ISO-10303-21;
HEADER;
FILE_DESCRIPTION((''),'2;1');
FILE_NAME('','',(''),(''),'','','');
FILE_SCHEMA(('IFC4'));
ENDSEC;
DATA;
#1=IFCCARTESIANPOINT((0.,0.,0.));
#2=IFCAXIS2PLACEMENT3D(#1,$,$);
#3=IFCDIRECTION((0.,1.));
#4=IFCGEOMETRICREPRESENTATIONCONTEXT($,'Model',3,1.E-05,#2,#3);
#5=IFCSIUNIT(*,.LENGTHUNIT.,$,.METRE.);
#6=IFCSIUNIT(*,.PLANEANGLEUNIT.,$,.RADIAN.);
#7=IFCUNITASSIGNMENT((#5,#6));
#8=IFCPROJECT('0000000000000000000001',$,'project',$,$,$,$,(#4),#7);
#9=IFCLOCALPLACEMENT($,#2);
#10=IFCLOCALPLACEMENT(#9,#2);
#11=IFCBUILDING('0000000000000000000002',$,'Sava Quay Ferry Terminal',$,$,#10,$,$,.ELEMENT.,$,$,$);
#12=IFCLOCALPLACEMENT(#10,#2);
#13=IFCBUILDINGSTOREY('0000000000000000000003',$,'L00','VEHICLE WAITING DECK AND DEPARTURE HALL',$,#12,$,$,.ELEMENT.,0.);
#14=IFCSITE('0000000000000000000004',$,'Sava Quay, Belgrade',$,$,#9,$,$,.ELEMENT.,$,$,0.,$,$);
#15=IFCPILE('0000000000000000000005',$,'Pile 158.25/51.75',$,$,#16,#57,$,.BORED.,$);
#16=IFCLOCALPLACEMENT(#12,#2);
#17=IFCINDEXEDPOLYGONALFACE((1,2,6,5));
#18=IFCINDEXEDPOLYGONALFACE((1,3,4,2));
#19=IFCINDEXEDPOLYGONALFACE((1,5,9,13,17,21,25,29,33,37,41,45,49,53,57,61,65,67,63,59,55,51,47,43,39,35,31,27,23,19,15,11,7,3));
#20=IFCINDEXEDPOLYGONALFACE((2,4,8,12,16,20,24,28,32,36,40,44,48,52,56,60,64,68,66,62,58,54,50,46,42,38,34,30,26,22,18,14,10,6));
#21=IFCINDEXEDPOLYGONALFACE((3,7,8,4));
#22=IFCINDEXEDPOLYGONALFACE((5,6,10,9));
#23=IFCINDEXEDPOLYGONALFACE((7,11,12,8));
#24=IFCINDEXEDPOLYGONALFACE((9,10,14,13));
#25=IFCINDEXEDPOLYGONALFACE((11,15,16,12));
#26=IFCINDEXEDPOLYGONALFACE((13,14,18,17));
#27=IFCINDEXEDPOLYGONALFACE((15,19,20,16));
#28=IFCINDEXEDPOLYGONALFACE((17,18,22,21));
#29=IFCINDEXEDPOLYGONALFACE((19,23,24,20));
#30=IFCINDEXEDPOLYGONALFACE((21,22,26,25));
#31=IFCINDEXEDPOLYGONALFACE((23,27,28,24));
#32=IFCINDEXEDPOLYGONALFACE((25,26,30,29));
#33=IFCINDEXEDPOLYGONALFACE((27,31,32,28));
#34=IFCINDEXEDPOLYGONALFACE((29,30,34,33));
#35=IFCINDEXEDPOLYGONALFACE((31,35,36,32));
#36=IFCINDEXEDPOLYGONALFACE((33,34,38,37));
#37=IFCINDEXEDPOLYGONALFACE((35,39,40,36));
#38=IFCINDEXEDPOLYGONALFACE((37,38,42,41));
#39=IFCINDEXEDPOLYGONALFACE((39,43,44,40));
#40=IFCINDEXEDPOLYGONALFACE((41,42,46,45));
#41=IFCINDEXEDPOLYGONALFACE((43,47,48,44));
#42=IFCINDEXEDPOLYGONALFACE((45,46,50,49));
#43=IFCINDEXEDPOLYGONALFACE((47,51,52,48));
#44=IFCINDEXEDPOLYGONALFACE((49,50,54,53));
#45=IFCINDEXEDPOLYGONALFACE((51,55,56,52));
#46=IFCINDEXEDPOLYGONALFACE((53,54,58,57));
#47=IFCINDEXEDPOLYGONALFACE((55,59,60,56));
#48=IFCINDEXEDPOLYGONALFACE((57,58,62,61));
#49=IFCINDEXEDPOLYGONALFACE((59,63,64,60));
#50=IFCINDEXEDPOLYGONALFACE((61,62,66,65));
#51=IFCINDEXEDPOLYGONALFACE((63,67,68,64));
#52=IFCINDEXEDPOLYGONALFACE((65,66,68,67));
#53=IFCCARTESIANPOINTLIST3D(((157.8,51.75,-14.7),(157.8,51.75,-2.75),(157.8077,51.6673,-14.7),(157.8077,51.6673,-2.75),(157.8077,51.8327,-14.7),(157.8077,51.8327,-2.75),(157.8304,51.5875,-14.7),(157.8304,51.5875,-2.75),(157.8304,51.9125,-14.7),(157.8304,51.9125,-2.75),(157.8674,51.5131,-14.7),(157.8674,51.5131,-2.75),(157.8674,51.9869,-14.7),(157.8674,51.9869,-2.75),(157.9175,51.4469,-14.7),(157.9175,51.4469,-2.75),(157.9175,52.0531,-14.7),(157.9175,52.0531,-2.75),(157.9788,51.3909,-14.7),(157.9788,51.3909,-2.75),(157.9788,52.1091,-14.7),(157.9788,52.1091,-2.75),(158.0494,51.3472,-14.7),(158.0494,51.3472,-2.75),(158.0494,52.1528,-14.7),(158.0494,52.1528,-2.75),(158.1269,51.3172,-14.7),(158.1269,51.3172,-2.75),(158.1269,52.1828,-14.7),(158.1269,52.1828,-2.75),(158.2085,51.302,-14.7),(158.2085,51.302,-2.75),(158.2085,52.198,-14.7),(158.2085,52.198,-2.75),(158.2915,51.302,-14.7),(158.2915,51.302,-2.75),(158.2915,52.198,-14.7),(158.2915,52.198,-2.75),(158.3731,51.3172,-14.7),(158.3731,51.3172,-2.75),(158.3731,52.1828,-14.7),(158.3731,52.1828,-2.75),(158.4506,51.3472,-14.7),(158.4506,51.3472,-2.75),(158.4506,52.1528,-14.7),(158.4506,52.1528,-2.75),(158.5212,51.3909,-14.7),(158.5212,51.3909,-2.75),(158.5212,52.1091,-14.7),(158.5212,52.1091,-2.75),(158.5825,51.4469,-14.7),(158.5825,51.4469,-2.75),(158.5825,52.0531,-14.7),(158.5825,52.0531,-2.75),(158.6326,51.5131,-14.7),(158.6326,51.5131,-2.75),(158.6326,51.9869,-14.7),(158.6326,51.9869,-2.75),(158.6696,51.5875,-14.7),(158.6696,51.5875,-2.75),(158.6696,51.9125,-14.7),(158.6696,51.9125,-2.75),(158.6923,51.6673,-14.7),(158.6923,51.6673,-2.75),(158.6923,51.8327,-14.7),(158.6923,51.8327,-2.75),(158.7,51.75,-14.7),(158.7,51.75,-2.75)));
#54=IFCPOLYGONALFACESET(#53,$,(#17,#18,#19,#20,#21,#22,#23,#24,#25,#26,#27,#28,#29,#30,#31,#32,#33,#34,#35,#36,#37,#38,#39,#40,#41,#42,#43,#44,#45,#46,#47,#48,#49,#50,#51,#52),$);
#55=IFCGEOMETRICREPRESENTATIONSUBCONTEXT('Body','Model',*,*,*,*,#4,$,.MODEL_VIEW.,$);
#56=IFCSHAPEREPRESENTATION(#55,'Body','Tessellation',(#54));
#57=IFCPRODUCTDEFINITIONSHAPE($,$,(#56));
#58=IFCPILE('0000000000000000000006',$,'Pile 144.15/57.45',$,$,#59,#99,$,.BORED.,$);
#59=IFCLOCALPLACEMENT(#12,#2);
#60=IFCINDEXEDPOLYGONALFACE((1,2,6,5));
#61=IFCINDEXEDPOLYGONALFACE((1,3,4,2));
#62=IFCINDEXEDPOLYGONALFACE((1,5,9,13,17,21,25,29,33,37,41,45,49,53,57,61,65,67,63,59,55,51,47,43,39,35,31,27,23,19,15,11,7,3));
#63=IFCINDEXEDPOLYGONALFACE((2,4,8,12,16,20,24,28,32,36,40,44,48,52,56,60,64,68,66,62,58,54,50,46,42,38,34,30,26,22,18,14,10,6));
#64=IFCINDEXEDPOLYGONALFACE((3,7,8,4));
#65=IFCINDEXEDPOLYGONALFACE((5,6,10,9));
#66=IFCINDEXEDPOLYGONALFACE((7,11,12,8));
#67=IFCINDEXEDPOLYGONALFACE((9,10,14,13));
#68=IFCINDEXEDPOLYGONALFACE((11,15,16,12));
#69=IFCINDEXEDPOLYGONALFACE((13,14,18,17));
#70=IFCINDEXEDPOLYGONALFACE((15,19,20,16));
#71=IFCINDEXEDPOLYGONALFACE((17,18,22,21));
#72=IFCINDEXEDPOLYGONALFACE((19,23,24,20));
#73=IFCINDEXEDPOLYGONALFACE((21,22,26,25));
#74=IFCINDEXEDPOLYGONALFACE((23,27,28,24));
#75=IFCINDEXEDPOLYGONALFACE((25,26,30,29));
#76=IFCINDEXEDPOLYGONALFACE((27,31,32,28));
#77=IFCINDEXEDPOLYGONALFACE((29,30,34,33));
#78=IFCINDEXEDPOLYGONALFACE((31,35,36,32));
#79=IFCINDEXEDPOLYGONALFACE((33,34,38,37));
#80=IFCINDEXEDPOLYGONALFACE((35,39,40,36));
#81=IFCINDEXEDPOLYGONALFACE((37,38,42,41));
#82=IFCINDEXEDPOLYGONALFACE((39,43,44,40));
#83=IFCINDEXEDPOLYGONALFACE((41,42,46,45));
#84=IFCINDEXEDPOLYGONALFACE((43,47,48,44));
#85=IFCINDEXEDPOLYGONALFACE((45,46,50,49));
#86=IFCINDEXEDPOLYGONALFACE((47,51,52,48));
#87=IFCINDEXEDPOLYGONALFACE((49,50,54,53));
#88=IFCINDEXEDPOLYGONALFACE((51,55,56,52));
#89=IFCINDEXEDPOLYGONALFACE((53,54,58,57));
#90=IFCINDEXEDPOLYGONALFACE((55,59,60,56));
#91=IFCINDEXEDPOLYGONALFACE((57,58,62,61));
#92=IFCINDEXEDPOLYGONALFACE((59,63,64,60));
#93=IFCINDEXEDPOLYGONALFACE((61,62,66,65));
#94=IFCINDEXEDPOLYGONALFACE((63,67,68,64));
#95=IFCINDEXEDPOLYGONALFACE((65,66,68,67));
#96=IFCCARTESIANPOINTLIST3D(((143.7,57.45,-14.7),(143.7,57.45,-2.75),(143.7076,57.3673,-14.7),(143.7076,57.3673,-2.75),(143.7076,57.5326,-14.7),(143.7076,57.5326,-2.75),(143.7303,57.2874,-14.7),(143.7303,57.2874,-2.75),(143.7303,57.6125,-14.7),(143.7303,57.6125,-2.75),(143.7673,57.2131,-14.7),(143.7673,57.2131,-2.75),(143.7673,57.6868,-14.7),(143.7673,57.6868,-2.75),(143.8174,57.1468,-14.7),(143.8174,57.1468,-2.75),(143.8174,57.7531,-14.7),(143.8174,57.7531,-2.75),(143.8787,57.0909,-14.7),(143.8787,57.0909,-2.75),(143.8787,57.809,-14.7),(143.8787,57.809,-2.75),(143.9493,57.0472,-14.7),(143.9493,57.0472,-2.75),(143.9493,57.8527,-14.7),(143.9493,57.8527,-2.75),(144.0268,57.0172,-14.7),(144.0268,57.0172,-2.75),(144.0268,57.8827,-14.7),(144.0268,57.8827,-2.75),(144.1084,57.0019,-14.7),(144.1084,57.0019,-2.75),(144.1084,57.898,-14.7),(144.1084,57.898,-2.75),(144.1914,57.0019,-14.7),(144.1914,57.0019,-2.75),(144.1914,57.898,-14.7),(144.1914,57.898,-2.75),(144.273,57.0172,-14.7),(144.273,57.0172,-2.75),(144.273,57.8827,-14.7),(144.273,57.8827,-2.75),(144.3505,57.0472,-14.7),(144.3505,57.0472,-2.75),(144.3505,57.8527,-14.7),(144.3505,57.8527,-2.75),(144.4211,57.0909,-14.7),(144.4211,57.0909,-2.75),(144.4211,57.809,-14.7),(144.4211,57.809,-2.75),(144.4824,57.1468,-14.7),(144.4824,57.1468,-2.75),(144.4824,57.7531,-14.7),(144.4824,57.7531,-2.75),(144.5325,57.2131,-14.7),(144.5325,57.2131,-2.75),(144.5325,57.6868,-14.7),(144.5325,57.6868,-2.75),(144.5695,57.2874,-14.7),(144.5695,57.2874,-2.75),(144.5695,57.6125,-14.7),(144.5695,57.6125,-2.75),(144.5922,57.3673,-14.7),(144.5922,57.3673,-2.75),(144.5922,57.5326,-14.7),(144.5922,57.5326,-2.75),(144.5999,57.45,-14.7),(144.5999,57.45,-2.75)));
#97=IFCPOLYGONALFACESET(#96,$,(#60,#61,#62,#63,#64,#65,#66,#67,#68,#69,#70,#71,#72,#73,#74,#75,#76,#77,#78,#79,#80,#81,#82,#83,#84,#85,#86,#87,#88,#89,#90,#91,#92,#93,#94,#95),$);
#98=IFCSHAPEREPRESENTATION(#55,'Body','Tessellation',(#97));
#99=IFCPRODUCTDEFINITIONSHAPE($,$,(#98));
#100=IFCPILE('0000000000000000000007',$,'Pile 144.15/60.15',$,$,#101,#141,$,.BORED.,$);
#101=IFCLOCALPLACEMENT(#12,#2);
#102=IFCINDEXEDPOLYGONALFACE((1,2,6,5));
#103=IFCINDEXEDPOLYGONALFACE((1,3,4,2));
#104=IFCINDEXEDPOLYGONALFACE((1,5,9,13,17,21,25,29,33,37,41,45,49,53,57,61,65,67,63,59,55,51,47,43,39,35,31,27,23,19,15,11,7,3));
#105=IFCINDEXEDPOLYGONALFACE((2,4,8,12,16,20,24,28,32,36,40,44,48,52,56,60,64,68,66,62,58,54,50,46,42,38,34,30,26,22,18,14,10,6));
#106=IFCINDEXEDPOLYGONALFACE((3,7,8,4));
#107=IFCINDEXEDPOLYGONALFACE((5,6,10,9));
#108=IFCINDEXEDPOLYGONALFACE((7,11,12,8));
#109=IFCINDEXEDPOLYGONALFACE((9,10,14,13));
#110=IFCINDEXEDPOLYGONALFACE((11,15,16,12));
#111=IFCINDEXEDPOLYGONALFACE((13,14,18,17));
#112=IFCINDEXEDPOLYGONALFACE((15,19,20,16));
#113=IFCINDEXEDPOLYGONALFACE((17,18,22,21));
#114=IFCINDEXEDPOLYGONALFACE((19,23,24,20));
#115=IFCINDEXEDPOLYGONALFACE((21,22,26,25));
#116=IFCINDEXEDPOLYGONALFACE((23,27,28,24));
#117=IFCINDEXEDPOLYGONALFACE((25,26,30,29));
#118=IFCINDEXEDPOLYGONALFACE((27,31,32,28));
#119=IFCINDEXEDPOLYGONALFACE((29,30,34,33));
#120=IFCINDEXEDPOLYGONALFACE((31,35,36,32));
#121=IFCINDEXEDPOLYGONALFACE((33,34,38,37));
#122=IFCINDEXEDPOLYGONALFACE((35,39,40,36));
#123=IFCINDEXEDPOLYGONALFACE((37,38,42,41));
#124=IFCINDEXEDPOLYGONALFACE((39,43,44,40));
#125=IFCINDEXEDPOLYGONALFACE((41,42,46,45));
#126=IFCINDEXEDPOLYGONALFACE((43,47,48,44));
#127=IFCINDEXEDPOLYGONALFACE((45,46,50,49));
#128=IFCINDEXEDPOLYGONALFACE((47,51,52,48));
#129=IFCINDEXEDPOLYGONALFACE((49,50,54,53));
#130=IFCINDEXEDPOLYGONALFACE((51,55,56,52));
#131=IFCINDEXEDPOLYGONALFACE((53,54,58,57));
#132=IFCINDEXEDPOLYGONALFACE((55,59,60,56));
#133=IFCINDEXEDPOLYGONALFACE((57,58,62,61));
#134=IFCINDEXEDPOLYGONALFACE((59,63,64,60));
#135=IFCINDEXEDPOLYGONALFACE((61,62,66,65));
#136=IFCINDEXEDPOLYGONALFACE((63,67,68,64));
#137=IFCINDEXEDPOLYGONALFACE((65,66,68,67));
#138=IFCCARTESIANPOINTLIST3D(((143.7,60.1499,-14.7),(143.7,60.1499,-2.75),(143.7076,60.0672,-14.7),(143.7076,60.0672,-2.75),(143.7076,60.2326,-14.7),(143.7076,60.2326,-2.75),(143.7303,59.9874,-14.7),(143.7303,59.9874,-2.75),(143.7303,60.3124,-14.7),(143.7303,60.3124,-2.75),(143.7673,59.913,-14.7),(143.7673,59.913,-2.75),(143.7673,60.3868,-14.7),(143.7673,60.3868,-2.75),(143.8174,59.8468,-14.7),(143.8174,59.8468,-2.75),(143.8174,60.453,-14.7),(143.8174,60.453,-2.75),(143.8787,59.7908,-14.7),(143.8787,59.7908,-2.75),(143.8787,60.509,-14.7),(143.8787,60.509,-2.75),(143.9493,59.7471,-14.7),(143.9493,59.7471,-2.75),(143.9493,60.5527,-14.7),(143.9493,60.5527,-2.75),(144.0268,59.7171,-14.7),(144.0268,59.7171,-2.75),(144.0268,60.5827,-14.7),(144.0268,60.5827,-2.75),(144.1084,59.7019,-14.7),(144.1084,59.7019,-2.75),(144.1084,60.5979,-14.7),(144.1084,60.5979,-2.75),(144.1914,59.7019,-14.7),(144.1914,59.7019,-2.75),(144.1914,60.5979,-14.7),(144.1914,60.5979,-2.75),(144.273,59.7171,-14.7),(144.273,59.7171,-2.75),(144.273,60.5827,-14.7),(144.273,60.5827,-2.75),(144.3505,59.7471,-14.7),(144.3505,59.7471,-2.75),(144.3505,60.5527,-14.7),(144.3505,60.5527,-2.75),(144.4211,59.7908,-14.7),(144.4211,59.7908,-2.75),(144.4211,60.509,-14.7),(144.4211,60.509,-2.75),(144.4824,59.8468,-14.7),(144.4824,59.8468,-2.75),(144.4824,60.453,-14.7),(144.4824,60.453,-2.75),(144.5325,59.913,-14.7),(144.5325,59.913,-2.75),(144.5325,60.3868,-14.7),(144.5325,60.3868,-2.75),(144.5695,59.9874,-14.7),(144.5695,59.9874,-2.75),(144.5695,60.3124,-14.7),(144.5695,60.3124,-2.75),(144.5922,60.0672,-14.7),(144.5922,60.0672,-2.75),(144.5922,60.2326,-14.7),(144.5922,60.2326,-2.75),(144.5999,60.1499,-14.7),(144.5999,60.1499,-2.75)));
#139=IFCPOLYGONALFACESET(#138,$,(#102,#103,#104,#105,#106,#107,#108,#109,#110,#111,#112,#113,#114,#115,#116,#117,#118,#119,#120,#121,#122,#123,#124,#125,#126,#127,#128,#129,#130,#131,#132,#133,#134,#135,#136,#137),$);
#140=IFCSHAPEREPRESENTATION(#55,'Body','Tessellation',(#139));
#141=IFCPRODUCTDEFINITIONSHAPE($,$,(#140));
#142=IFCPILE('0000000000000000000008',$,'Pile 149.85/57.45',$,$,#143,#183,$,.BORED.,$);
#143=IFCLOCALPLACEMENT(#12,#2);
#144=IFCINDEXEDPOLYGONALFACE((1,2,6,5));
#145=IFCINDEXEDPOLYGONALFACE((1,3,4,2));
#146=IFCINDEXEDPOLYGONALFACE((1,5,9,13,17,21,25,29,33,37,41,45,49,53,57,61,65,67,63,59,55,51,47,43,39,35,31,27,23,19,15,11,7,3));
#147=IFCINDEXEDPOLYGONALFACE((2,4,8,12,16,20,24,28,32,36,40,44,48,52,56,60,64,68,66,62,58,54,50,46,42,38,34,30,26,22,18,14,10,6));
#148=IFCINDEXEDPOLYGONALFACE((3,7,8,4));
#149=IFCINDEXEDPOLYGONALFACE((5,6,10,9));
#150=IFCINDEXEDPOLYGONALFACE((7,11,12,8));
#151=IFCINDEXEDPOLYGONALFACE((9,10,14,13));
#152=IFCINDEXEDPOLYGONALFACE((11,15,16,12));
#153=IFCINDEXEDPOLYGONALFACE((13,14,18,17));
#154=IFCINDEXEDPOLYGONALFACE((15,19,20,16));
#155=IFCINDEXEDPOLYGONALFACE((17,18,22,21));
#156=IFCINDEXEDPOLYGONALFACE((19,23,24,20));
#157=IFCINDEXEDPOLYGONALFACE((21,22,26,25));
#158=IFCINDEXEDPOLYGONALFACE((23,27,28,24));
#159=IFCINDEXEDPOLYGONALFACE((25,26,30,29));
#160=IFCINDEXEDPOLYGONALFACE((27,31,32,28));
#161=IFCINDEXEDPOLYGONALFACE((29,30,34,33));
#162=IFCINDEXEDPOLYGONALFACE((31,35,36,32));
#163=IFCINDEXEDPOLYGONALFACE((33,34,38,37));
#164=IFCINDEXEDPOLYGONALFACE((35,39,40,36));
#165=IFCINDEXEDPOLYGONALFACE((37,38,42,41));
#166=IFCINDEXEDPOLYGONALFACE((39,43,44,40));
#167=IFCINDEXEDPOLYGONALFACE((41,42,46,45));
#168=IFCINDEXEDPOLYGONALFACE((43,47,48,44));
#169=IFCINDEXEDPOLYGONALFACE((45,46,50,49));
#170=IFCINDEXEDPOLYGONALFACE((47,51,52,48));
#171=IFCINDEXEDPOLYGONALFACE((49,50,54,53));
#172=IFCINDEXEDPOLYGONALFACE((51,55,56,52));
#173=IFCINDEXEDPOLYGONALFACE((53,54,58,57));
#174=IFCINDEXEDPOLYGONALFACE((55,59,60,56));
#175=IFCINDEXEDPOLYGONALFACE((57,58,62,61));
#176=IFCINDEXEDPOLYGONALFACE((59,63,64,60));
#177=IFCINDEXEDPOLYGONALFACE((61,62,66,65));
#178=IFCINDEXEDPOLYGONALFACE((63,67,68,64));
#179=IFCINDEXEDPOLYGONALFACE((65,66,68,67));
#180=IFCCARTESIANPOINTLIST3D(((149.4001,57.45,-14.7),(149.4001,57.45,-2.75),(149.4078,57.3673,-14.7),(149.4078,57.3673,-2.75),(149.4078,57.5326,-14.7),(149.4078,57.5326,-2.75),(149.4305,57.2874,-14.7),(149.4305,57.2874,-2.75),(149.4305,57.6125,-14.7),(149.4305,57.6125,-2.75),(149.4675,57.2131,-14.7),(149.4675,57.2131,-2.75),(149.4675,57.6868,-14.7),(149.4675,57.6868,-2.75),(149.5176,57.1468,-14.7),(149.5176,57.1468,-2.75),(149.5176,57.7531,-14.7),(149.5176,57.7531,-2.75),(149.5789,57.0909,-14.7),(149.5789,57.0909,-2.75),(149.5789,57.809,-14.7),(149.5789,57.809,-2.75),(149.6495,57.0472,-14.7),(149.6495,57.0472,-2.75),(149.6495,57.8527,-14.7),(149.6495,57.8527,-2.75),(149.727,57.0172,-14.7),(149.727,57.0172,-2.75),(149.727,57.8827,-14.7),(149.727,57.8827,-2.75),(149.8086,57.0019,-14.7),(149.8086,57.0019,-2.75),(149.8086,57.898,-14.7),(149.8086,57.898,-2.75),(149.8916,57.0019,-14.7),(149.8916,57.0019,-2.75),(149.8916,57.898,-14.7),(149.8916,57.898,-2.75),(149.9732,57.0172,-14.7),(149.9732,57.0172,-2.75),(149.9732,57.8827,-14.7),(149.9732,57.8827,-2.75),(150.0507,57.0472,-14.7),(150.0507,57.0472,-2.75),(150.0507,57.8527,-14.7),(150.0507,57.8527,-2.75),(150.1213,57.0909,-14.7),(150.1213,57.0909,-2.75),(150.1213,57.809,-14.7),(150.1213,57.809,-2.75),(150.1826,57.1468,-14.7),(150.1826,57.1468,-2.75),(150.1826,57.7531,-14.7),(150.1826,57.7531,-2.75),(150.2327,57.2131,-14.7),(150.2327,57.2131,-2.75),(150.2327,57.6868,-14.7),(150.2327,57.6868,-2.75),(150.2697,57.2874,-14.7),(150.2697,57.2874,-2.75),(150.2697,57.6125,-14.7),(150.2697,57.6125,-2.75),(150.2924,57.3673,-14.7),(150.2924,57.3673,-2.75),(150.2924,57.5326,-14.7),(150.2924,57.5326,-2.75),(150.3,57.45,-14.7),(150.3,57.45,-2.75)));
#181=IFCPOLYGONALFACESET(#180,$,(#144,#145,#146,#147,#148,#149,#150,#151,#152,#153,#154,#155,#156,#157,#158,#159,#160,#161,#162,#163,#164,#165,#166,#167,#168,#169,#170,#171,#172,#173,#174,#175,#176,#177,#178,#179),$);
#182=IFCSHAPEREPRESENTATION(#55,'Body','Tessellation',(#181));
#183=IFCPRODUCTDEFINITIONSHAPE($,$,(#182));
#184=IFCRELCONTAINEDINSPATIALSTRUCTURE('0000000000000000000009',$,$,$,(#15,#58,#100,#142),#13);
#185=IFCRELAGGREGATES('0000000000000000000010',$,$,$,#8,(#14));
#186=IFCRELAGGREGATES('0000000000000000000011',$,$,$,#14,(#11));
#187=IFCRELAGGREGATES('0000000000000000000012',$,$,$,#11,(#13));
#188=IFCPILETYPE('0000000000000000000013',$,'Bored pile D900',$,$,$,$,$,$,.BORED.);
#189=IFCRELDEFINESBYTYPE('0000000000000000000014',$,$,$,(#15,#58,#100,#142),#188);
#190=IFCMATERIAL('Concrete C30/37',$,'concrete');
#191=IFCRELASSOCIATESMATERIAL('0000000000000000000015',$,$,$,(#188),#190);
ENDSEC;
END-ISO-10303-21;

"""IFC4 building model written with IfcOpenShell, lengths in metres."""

from ifc_helpers import new_model, si_unit, direction, frame, origin, origin_2d, place, context, subcontext, project, spatial, circle, extrude, material, material_profile, profile_set, type_object, element, save


model = new_model("IFC4")

# Units and contexts
model_context = context("Model", 3, precision=1e-05, world=origin(), true_north=direction((0.0, 1.0)))
body_context = subcontext(model_context, "Body", "Model", "MODEL_VIEW")
ifc_project = project(units=[si_unit("LENGTHUNIT", "METRE"), si_unit("PLANEANGLEUNIT", "RADIAN")], contexts=[model_context])

# Site, building, storey
site_placement = place(None, origin())
site = spatial("IfcSite", under=ifc_project, at=site_placement, Name="Sava Quay, Belgrade", CompositionType="ELEMENT", RefElevation=0.0)
building_placement = place(site_placement, origin())
building = spatial("IfcBuilding", under=site, at=building_placement, Name="Sava Quay Ferry Terminal", CompositionType="ELEMENT")
storey_placement = place(building_placement, origin())
storey = spatial("IfcBuildingStorey", under=building, at=storey_placement, Name="L00", Description="VEHICLE WAITING DECK AND DEPARTURE HALL", CompositionType="ELEMENT", Elevation=0.0)

# Piles
ifc_material_1 = material(Name="Concrete C30/37", Category="concrete")
ifc_material_profile_1 = material_profile(ifc_material_1, circle(Radius=0.45, at=origin_2d()), Name="Bored pile D900")
ifc_profile_set_1 = profile_set([ifc_material_profile_1], Name="Concrete C30/37")
pile_type = type_object("IfcPileType", Name="Bored pile D900", PredefinedType="BORED", material=ifc_profile_set_1)
for number, where, z_axis, x_axis, name in (
    (1, (158.25, 51.75, -2.75), (0.0, 0.0, -1.0), (1.0, 0.0, 0.0), "Pile 158.25/51.75"),
    (2, (144.1499, 57.45, -2.75), (0.0, 0.0, -1.0), (1.0, 0.0, 0.0), "Pile 144.15/57.45"),
    (3, (144.1499, 60.1499, -2.75), (0.0, 0.0, -1.0), (1.0, 0.0, 0.0), "Pile 144.15/60.15"),
    (4, (149.8501, 57.45, -2.75), (0.0, 0.0, -1.0), (1.0, 0.0, 0.0), "Pile 149.85/57.45"),
):
    element("IfcPile", number, at=place(storey_placement, frame(where, z_axis=z_axis, x_axis=x_axis)), inside=storey, type_object=pile_type, Name=name, PredefinedType="BORED", context=body_context, shape_type="SweptSolid", body=[
        extrude(circle(Radius=0.45, at=origin_2d()), origin(), (0.0, 0.0, 1.0), 11.95),
    ])

save(model, "model.ifc")
